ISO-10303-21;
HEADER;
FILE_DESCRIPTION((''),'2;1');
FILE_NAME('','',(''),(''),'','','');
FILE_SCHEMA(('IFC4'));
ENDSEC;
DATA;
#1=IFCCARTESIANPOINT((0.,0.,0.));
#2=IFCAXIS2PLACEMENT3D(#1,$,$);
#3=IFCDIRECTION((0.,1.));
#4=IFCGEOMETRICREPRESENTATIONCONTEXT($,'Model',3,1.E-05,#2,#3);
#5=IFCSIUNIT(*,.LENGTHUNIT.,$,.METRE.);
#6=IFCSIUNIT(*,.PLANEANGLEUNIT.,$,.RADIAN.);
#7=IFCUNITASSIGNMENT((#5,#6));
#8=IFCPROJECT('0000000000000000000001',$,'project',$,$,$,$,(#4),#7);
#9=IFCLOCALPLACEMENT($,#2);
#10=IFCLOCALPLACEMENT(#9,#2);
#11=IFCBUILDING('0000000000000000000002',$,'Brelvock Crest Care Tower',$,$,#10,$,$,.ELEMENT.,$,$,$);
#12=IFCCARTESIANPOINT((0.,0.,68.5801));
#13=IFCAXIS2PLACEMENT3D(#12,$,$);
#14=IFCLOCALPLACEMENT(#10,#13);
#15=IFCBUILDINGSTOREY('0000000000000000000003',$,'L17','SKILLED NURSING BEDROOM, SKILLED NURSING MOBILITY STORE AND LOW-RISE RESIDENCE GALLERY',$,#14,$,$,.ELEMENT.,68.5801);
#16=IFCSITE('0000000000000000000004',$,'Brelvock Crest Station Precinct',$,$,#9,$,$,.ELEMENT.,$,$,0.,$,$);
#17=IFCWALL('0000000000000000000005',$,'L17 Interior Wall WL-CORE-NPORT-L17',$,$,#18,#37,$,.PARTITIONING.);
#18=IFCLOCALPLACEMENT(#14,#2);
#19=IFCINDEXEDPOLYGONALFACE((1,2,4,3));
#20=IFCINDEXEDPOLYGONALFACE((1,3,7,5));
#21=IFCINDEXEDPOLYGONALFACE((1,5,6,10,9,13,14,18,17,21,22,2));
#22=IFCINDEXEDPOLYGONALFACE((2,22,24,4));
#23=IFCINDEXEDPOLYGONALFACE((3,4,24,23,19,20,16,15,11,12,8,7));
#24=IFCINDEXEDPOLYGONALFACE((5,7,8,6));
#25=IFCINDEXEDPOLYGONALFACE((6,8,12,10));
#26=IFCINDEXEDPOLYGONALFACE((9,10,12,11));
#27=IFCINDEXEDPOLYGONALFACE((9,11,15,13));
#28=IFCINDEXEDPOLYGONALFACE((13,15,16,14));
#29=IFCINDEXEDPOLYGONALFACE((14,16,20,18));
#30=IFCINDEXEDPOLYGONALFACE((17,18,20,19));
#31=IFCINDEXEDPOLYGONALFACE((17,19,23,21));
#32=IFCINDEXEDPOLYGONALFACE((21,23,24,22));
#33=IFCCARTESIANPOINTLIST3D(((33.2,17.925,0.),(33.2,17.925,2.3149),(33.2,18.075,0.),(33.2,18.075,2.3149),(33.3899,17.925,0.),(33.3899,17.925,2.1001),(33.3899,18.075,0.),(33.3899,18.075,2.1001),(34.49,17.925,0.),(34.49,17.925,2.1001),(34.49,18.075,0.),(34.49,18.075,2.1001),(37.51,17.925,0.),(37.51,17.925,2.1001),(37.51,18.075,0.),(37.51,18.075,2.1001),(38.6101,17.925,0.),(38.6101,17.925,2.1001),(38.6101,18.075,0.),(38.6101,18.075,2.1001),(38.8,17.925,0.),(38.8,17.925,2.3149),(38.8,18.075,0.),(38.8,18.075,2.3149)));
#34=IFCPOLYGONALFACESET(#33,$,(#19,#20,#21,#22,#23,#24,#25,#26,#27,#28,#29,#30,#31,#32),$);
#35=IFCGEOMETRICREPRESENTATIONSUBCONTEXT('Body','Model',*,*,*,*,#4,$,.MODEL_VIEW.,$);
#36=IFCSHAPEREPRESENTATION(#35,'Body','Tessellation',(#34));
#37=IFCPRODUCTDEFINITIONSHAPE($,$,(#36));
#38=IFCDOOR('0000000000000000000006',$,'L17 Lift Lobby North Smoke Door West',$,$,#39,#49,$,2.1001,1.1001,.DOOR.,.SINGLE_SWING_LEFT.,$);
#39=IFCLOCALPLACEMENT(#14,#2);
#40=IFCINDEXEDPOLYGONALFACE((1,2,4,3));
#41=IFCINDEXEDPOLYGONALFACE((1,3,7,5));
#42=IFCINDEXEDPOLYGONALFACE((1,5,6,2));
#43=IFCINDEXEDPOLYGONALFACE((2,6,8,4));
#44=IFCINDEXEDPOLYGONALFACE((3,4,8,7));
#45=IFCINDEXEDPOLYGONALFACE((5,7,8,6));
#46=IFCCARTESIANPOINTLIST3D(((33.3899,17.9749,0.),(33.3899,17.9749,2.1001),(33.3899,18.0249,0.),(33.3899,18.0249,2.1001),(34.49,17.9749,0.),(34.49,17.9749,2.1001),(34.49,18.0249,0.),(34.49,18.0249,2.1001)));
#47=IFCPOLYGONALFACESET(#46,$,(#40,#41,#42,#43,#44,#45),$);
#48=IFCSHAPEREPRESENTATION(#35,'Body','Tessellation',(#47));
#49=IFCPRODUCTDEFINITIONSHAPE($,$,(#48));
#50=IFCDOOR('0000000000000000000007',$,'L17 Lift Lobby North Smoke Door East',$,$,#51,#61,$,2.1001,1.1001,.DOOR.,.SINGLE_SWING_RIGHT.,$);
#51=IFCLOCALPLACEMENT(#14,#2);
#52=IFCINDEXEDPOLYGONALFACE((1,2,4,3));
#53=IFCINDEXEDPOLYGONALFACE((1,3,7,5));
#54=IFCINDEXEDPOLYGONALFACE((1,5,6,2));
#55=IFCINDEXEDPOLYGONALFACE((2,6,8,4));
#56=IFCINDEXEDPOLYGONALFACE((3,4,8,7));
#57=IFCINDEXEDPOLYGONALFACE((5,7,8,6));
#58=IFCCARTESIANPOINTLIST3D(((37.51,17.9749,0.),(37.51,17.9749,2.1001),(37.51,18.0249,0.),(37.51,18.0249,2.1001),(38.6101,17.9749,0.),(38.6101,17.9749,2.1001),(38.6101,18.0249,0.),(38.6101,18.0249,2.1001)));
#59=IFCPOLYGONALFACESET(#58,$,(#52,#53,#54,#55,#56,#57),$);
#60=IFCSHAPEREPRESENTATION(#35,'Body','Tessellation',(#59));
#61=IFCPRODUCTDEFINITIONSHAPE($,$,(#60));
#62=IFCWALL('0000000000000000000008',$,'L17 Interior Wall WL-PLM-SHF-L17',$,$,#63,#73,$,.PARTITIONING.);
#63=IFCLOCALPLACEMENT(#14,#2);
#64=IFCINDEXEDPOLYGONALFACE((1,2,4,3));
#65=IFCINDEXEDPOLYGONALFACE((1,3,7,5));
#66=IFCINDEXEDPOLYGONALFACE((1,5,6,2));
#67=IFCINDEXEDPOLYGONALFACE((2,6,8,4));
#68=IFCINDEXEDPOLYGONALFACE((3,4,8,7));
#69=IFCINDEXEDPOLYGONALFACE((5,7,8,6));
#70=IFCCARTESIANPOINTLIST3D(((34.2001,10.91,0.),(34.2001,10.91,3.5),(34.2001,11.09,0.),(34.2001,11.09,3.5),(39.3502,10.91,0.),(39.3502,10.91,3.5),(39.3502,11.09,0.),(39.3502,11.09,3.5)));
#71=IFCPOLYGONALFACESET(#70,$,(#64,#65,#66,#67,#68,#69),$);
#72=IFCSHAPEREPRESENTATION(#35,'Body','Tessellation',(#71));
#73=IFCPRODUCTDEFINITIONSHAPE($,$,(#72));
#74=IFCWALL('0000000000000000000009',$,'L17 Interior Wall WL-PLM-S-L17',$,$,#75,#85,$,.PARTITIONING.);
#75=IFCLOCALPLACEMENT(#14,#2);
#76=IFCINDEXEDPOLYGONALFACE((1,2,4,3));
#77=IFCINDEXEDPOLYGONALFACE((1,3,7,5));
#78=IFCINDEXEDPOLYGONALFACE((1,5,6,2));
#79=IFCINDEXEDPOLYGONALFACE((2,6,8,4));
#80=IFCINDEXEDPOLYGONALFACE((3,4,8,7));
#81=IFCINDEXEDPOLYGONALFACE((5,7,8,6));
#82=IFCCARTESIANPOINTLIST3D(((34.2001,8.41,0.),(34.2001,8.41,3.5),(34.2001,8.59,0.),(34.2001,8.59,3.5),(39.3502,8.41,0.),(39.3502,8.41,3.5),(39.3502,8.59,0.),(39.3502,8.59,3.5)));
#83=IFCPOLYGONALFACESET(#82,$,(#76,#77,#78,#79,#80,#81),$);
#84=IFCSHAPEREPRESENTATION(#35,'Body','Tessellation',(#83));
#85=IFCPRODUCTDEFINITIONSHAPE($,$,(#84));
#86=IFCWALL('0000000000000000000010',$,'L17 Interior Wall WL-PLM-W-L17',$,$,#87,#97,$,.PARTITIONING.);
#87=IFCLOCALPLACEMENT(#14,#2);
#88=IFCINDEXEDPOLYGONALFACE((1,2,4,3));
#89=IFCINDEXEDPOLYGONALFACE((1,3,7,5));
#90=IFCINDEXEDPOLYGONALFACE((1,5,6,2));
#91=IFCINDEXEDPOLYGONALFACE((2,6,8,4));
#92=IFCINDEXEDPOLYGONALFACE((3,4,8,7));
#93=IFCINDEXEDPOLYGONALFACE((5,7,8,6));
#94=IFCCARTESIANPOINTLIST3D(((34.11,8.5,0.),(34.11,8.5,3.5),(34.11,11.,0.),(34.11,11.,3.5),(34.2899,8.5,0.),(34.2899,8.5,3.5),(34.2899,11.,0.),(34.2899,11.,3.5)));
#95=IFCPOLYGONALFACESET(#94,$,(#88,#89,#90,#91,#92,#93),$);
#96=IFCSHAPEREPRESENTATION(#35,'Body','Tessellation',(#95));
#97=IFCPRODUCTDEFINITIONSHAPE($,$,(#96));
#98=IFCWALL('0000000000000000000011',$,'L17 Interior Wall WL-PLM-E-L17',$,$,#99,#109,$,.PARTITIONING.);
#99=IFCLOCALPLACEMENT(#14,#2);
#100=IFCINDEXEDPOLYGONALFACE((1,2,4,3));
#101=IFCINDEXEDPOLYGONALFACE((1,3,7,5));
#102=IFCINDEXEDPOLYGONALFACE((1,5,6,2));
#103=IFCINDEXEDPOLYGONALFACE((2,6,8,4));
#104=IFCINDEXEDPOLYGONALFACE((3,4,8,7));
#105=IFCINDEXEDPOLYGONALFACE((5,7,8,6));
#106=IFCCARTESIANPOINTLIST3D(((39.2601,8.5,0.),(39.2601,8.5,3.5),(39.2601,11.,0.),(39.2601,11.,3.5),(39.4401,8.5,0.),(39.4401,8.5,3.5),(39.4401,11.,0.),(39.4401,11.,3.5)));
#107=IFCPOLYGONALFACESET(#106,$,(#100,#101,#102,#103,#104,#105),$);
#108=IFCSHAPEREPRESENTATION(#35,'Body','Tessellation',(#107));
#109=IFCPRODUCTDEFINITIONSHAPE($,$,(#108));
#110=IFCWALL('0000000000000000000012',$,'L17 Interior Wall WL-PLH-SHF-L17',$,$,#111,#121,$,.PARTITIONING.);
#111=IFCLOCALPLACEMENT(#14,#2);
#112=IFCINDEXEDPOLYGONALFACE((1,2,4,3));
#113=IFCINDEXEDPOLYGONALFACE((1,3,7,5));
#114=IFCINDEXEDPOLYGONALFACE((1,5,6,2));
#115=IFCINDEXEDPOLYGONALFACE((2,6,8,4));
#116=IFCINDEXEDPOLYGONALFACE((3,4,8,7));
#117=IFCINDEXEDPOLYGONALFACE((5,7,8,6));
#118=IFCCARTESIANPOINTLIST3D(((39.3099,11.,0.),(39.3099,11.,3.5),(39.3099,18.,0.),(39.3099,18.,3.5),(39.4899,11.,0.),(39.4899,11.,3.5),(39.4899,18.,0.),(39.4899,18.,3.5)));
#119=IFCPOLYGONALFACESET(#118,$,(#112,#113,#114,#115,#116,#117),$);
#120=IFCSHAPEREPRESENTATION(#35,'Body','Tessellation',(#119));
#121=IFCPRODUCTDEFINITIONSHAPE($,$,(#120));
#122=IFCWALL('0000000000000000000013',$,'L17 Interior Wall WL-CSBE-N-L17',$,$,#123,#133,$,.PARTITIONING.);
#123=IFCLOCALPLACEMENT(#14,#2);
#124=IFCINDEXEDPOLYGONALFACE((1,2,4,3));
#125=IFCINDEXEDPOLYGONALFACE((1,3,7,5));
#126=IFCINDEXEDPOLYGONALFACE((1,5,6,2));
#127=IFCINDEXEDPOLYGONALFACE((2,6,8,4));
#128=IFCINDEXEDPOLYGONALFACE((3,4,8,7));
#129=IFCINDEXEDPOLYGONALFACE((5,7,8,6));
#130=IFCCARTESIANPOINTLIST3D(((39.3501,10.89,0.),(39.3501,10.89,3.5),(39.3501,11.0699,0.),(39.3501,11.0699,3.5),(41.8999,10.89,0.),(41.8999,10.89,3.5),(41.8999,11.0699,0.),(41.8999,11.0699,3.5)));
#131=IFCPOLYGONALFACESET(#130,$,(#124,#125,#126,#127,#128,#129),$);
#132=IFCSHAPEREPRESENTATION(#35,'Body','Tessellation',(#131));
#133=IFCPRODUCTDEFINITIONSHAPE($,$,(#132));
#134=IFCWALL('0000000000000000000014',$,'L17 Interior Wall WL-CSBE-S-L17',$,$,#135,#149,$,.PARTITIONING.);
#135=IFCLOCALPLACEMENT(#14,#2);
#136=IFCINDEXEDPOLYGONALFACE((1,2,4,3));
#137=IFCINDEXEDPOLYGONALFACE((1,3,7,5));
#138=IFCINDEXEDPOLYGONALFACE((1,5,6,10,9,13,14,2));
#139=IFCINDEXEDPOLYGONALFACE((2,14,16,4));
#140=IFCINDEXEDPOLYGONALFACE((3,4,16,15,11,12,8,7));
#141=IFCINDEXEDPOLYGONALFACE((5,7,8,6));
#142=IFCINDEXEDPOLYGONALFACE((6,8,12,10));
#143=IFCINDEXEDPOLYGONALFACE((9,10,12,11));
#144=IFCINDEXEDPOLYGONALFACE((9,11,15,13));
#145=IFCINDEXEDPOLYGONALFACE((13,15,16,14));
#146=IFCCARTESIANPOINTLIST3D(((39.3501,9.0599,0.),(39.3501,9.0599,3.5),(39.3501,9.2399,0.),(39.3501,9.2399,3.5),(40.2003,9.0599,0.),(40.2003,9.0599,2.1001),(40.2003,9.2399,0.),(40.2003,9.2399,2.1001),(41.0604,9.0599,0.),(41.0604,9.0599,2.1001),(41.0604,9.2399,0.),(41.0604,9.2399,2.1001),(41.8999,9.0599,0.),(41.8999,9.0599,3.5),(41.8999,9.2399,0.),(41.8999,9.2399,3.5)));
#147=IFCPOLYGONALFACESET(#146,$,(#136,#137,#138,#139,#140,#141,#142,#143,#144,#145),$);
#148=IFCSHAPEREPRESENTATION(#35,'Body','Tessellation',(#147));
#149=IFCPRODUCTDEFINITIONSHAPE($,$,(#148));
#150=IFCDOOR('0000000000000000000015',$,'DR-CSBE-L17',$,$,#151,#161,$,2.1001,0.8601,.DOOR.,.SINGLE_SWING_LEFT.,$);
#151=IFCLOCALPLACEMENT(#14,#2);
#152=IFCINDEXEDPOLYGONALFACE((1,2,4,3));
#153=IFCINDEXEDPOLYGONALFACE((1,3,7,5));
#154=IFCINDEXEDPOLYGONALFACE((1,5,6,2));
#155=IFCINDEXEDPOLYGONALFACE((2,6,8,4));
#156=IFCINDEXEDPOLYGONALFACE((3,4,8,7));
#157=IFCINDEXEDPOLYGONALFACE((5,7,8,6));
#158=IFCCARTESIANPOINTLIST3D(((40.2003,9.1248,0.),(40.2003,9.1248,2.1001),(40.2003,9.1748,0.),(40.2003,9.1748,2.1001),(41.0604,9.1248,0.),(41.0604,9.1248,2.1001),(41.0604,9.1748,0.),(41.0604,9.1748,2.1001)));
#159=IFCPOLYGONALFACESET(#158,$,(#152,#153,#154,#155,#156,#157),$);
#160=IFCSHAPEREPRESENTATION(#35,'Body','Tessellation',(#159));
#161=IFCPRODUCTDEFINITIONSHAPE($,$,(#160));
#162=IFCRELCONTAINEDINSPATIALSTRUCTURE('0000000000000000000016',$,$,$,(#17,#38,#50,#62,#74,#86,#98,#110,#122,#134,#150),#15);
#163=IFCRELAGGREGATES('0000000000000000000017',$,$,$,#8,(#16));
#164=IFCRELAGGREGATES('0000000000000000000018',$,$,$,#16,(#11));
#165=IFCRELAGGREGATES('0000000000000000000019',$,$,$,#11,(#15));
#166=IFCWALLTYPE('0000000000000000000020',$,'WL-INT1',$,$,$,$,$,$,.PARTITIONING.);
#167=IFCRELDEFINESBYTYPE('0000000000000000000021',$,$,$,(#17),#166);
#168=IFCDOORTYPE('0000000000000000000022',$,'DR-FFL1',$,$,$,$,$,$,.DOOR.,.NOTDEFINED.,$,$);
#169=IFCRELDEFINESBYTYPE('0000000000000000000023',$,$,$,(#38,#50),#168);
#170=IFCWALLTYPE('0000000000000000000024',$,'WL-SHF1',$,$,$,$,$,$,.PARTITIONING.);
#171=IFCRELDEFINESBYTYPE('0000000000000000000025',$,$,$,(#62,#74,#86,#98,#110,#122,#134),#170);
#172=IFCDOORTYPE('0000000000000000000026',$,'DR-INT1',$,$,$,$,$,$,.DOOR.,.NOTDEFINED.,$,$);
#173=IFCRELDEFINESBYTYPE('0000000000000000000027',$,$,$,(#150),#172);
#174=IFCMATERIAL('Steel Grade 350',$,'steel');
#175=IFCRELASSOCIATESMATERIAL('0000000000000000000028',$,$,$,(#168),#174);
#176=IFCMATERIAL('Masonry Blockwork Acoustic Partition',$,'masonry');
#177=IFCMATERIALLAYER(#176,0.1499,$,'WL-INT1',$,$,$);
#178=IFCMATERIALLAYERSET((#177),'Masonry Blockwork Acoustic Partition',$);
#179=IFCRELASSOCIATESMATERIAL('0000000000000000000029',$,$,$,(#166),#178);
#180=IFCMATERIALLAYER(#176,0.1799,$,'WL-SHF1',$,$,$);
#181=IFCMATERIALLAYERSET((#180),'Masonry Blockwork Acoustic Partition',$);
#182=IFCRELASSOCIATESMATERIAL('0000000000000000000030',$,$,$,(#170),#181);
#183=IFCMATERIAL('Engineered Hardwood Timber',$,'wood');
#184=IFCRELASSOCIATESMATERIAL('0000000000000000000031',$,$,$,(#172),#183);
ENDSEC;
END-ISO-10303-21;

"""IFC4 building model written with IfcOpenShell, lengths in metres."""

from ifc_helpers import new_model, si_unit, direction, frame, frame_2d, origin, origin_2d, place, context, subcontext, project, spatial, rectangle, extrude, source, transform, mapped, material, layer, layer_set, type_object, element, fill, save


model = new_model("IFC4")

# Units and contexts
model_context = context("Model", 3, precision=1e-05, world=origin(), true_north=direction((0.0, 1.0)))
body_context = subcontext(model_context, "Body", "Model", "MODEL_VIEW")
ifc_project = project(units=[si_unit("LENGTHUNIT", "METRE"), si_unit("PLANEANGLEUNIT", "RADIAN")], contexts=[model_context])

# Site, building, storey
site_placement = place(None, origin())
site = spatial("IfcSite", under=ifc_project, at=site_placement, Name="Brelvock Crest Station Precinct", CompositionType="ELEMENT", RefElevation=0.0)
building_placement = place(site_placement, origin())
building = spatial("IfcBuilding", under=site, at=building_placement, Name="Brelvock Crest Care Tower", CompositionType="ELEMENT")
storey_placement = place(building_placement, frame((0.0, 0.0, 68.5801)))
storey = spatial("IfcBuildingStorey", under=building, at=storey_placement, Name="L17", Description="SKILLED NURSING BEDROOM, SKILLED NURSING MOBILITY STORE AND LOW-RISE RESIDENCE GALLERY", CompositionType="ELEMENT", Elevation=68.5801)

# Shared definitions
ifc_material_1 = material(Name="Steel Grade 350", Category="steel")

# Shared definitions
door_type_1 = type_object("IfcDoorType", Name="DR-FFL1", OperationType="NOTDEFINED", PredefinedType="DOOR", material=ifc_material_1)
shared_shape_1 = source(origin(), body_context, "Body", "SweptSolid", [
    extrude(rectangle(XDim=1.1001, YDim=2.1001, at=origin_2d()), frame((0.55, 0.0249, 1.05), z_axis=(0.0, -1.0, 0.0), x_axis=(1.0, 0.0, 0.0)), (0.0, 0.0, 1.0), 0.05),
])

# Wall, openings, doors
ifc_material_2 = material(Name="Masonry Blockwork Acoustic Partition", Category="masonry")
ifc_layer_1 = layer(ifc_material_2, 0.1499, Name="WL-INT1")
ifc_layer_set_1 = layer_set([ifc_layer_1], Name="Masonry Blockwork Acoustic Partition")
wall_type_1 = type_object("IfcWallType", Name="WL-INT1", PredefinedType="PARTITIONING", material=ifc_layer_set_1)
wall_1_placement = place(storey_placement, frame((33.2, 18.0, 0.0), z_axis=(0.0, 0.0, 1.0), x_axis=(1.0, 0.0, 0.0)))
wall_1 = element("IfcWall", 1, at=wall_1_placement, inside=storey, type_object=wall_type_1, Name="L17 Interior Wall WL-CORE-NPORT-L17", PredefinedType="PARTITIONING", context=body_context, shape_type="SweptSolid", body=[
    extrude(rectangle(XDim=5.6001, YDim=0.1499, at=frame_2d((2.8, 0.0))), origin(), (0.0, 0.0, 1.0), 2.3149),
])
opening_1_placement = place(wall_1_placement, frame((0.1899, 0.0, 0.0)))
opening_1 = element("IfcOpeningElement", 2, at=opening_1_placement, cuts=wall_1, PredefinedType="OPENING", context=body_context, shape_type="SweptSolid", body=[
    extrude(rectangle(XDim=1.1001, YDim=2.1001, at=origin_2d()), frame((0.55, 0.085, 1.05), z_axis=(0.0, -1.0, 0.0), x_axis=(1.0, 0.0, 0.0)), (0.0, 0.0, 1.0), 0.1699),
])
opening_2_placement = place(wall_1_placement, frame((4.3101, 0.0, 0.0)))
opening_2 = element("IfcOpeningElement", 3, at=opening_2_placement, cuts=wall_1, PredefinedType="OPENING", context=body_context, shape_type="SweptSolid", body=[
    extrude(rectangle(XDim=1.1001, YDim=2.1001, at=origin_2d()), frame((0.55, 0.085, 1.05), z_axis=(0.0, -1.0, 0.0), x_axis=(1.0, 0.0, 0.0)), (0.0, 0.0, 1.0), 0.1699),
])
door_1_placement = place(opening_1_placement, origin())
door_1 = element("IfcDoor", 4, at=door_1_placement, inside=storey, type_object=door_type_1, Name="L17 Lift Lobby North Smoke Door West", OperationType="SINGLE_SWING_LEFT", OverallHeight=2.1001, OverallWidth=1.1001, PredefinedType="DOOR", context=body_context, shape_type="MappedRepresentation", body=[
    mapped(shared_shape_1, transform((0.0, 0.0, 0.0), x_axis=(1.0, 0.0, 0.0), y_axis=(0.0, 1.0, 0.0), z_axis=(0.0, 0.0, 1.0), scale=1.0)),
])
fill(opening_1, door_1)
door_2_placement = place(opening_2_placement, origin())
door_2 = element("IfcDoor", 5, at=door_2_placement, inside=storey, type_object=door_type_1, Name="L17 Lift Lobby North Smoke Door East", OperationType="SINGLE_SWING_RIGHT", OverallHeight=2.1001, OverallWidth=1.1001, PredefinedType="DOOR", context=body_context, shape_type="MappedRepresentation", body=[
    mapped(shared_shape_1, transform((0.0, 0.0, 0.0), x_axis=(1.0, 0.0, 0.0), y_axis=(0.0, 1.0, 0.0), z_axis=(0.0, 0.0, 1.0), scale=1.0)),
])
fill(opening_2, door_2)

# Walls
ifc_layer_2 = layer(ifc_material_2, 0.1799, Name="WL-SHF1")
ifc_layer_set_2 = layer_set([ifc_layer_2], Name="Masonry Blockwork Acoustic Partition")
wall_type_2 = type_object("IfcWallType", Name="WL-SHF1", PredefinedType="PARTITIONING", material=ifc_layer_set_2)
for number, where, z_axis, x_axis, name in (
    (6, (34.2, 11.0, 0.0), (0.0, 0.0, 1.0), (1.0, 0.0, 0.0), "L17 Interior Wall WL-PLM-SHF-L17"),
    (7, (34.2, 8.5, 0.0), (0.0, 0.0, 1.0), (1.0, 0.0, 0.0), "L17 Interior Wall WL-PLM-S-L17"),
):
    element("IfcWall", number, at=place(storey_placement, frame(where, z_axis=z_axis, x_axis=x_axis)), inside=storey, type_object=wall_type_2, Name=name, PredefinedType="PARTITIONING", context=body_context, shape_type="SweptSolid", body=[
        extrude(rectangle(XDim=5.1501, YDim=0.1799, at=frame_2d((2.5752, 0.0))), origin(), (0.0, 0.0, 1.0), 3.5),
    ])
for number, where, z_axis, x_axis, name in (
    (8, (34.2, 8.5, 0.0), (0.0, 0.0, 1.0), (0.0, 1.0, 0.0), "L17 Interior Wall WL-PLM-W-L17"),
    (9, (39.3501, 8.5, 0.0), (0.0, 0.0, 1.0), (0.0, 1.0, 0.0), "L17 Interior Wall WL-PLM-E-L17"),
):
    element("IfcWall", number, at=place(storey_placement, frame(where, z_axis=z_axis, x_axis=x_axis)), inside=storey, type_object=wall_type_2, Name=name, PredefinedType="PARTITIONING", context=body_context, shape_type="SweptSolid", body=[
        extrude(rectangle(XDim=2.5, YDim=0.1799, at=frame_2d((1.25, 0.0))), origin(), (0.0, 0.0, 1.0), 3.5),
    ])
wall_2_placement = place(storey_placement, frame((39.3999, 11.0, 0.0), z_axis=(0.0, 0.0, 1.0), x_axis=(0.0, 1.0, 0.0)))
element("IfcWall", 10, at=wall_2_placement, inside=storey, type_object=wall_type_2, Name="L17 Interior Wall WL-PLH-SHF-L17", PredefinedType="PARTITIONING", context=body_context, shape_type="SweptSolid", body=[
    extrude(rectangle(XDim=7.0, YDim=0.1799, at=frame_2d((3.5, 0.0))), origin(), (0.0, 0.0, 1.0), 3.5),
])
wall_3_placement = place(storey_placement, frame((39.3501, 10.98, 0.0), z_axis=(0.0, 0.0, 1.0), x_axis=(1.0, 0.0, 0.0)))
element("IfcWall", 11, at=wall_3_placement, inside=storey, type_object=wall_type_2, Name="L17 Interior Wall WL-CSBE-N-L17", PredefinedType="PARTITIONING", context=body_context, shape_type="SweptSolid", body=[
    extrude(rectangle(XDim=2.5498, YDim=0.1799, at=frame_2d((1.2749, 0.0))), origin(), (0.0, 0.0, 1.0), 3.5),
])

# Wall, opening, door
wall_4_placement = place(storey_placement, frame((39.3501, 9.1499, 0.0), z_axis=(0.0, 0.0, 1.0), x_axis=(1.0, 0.0, 0.0)))
wall_4 = element("IfcWall", 12, at=wall_4_placement, inside=storey, type_object=wall_type_2, Name="L17 Interior Wall WL-CSBE-S-L17", PredefinedType="PARTITIONING", context=body_context, shape_type="SweptSolid", body=[
    extrude(rectangle(XDim=2.5498, YDim=0.1799, at=frame_2d((1.2749, 0.0))), origin(), (0.0, 0.0, 1.0), 3.5),
])
opening_3_placement = place(wall_4_placement, frame((0.8501, 0.0, 0.0)))
opening_3 = element("IfcOpeningElement", 13, at=opening_3_placement, cuts=wall_4, PredefinedType="OPENING", context=body_context, shape_type="SweptSolid", body=[
    extrude(rectangle(XDim=0.8601, YDim=2.1001, at=origin_2d()), frame((0.4302, 0.1001, 1.05), z_axis=(0.0, -1.0, 0.0), x_axis=(1.0, 0.0, 0.0)), (0.0, 0.0, 1.0), 0.2),
])
ifc_material_3 = material(Name="Engineered Hardwood Timber", Category="wood")
door_type_2 = type_object("IfcDoorType", Name="DR-INT1", OperationType="NOTDEFINED", PredefinedType="DOOR", material=ifc_material_3)
shared_shape_2 = source(origin(), body_context, "Body", "SweptSolid", [
    extrude(rectangle(XDim=0.8601, YDim=2.1001, at=origin_2d()), frame((0.4302, 0.0249, 1.05), z_axis=(0.0, -1.0, 0.0), x_axis=(1.0, 0.0, 0.0)), (0.0, 0.0, 1.0), 0.05),
])
door_3_placement = place(opening_3_placement, origin())
door_3 = element("IfcDoor", 14, at=door_3_placement, inside=storey, type_object=door_type_2, Name="DR-CSBE-L17", OperationType="SINGLE_SWING_LEFT", OverallHeight=2.1001, OverallWidth=0.8601, PredefinedType="DOOR", context=body_context, shape_type="MappedRepresentation", body=[
    mapped(shared_shape_2, transform((0.0, 0.0, 0.0), x_axis=(1.0, 0.0, 0.0), y_axis=(0.0, 1.0, 0.0), z_axis=(0.0, 0.0, 1.0), scale=1.0)),
])
fill(opening_3, door_3)

save(model, "model.ifc")
